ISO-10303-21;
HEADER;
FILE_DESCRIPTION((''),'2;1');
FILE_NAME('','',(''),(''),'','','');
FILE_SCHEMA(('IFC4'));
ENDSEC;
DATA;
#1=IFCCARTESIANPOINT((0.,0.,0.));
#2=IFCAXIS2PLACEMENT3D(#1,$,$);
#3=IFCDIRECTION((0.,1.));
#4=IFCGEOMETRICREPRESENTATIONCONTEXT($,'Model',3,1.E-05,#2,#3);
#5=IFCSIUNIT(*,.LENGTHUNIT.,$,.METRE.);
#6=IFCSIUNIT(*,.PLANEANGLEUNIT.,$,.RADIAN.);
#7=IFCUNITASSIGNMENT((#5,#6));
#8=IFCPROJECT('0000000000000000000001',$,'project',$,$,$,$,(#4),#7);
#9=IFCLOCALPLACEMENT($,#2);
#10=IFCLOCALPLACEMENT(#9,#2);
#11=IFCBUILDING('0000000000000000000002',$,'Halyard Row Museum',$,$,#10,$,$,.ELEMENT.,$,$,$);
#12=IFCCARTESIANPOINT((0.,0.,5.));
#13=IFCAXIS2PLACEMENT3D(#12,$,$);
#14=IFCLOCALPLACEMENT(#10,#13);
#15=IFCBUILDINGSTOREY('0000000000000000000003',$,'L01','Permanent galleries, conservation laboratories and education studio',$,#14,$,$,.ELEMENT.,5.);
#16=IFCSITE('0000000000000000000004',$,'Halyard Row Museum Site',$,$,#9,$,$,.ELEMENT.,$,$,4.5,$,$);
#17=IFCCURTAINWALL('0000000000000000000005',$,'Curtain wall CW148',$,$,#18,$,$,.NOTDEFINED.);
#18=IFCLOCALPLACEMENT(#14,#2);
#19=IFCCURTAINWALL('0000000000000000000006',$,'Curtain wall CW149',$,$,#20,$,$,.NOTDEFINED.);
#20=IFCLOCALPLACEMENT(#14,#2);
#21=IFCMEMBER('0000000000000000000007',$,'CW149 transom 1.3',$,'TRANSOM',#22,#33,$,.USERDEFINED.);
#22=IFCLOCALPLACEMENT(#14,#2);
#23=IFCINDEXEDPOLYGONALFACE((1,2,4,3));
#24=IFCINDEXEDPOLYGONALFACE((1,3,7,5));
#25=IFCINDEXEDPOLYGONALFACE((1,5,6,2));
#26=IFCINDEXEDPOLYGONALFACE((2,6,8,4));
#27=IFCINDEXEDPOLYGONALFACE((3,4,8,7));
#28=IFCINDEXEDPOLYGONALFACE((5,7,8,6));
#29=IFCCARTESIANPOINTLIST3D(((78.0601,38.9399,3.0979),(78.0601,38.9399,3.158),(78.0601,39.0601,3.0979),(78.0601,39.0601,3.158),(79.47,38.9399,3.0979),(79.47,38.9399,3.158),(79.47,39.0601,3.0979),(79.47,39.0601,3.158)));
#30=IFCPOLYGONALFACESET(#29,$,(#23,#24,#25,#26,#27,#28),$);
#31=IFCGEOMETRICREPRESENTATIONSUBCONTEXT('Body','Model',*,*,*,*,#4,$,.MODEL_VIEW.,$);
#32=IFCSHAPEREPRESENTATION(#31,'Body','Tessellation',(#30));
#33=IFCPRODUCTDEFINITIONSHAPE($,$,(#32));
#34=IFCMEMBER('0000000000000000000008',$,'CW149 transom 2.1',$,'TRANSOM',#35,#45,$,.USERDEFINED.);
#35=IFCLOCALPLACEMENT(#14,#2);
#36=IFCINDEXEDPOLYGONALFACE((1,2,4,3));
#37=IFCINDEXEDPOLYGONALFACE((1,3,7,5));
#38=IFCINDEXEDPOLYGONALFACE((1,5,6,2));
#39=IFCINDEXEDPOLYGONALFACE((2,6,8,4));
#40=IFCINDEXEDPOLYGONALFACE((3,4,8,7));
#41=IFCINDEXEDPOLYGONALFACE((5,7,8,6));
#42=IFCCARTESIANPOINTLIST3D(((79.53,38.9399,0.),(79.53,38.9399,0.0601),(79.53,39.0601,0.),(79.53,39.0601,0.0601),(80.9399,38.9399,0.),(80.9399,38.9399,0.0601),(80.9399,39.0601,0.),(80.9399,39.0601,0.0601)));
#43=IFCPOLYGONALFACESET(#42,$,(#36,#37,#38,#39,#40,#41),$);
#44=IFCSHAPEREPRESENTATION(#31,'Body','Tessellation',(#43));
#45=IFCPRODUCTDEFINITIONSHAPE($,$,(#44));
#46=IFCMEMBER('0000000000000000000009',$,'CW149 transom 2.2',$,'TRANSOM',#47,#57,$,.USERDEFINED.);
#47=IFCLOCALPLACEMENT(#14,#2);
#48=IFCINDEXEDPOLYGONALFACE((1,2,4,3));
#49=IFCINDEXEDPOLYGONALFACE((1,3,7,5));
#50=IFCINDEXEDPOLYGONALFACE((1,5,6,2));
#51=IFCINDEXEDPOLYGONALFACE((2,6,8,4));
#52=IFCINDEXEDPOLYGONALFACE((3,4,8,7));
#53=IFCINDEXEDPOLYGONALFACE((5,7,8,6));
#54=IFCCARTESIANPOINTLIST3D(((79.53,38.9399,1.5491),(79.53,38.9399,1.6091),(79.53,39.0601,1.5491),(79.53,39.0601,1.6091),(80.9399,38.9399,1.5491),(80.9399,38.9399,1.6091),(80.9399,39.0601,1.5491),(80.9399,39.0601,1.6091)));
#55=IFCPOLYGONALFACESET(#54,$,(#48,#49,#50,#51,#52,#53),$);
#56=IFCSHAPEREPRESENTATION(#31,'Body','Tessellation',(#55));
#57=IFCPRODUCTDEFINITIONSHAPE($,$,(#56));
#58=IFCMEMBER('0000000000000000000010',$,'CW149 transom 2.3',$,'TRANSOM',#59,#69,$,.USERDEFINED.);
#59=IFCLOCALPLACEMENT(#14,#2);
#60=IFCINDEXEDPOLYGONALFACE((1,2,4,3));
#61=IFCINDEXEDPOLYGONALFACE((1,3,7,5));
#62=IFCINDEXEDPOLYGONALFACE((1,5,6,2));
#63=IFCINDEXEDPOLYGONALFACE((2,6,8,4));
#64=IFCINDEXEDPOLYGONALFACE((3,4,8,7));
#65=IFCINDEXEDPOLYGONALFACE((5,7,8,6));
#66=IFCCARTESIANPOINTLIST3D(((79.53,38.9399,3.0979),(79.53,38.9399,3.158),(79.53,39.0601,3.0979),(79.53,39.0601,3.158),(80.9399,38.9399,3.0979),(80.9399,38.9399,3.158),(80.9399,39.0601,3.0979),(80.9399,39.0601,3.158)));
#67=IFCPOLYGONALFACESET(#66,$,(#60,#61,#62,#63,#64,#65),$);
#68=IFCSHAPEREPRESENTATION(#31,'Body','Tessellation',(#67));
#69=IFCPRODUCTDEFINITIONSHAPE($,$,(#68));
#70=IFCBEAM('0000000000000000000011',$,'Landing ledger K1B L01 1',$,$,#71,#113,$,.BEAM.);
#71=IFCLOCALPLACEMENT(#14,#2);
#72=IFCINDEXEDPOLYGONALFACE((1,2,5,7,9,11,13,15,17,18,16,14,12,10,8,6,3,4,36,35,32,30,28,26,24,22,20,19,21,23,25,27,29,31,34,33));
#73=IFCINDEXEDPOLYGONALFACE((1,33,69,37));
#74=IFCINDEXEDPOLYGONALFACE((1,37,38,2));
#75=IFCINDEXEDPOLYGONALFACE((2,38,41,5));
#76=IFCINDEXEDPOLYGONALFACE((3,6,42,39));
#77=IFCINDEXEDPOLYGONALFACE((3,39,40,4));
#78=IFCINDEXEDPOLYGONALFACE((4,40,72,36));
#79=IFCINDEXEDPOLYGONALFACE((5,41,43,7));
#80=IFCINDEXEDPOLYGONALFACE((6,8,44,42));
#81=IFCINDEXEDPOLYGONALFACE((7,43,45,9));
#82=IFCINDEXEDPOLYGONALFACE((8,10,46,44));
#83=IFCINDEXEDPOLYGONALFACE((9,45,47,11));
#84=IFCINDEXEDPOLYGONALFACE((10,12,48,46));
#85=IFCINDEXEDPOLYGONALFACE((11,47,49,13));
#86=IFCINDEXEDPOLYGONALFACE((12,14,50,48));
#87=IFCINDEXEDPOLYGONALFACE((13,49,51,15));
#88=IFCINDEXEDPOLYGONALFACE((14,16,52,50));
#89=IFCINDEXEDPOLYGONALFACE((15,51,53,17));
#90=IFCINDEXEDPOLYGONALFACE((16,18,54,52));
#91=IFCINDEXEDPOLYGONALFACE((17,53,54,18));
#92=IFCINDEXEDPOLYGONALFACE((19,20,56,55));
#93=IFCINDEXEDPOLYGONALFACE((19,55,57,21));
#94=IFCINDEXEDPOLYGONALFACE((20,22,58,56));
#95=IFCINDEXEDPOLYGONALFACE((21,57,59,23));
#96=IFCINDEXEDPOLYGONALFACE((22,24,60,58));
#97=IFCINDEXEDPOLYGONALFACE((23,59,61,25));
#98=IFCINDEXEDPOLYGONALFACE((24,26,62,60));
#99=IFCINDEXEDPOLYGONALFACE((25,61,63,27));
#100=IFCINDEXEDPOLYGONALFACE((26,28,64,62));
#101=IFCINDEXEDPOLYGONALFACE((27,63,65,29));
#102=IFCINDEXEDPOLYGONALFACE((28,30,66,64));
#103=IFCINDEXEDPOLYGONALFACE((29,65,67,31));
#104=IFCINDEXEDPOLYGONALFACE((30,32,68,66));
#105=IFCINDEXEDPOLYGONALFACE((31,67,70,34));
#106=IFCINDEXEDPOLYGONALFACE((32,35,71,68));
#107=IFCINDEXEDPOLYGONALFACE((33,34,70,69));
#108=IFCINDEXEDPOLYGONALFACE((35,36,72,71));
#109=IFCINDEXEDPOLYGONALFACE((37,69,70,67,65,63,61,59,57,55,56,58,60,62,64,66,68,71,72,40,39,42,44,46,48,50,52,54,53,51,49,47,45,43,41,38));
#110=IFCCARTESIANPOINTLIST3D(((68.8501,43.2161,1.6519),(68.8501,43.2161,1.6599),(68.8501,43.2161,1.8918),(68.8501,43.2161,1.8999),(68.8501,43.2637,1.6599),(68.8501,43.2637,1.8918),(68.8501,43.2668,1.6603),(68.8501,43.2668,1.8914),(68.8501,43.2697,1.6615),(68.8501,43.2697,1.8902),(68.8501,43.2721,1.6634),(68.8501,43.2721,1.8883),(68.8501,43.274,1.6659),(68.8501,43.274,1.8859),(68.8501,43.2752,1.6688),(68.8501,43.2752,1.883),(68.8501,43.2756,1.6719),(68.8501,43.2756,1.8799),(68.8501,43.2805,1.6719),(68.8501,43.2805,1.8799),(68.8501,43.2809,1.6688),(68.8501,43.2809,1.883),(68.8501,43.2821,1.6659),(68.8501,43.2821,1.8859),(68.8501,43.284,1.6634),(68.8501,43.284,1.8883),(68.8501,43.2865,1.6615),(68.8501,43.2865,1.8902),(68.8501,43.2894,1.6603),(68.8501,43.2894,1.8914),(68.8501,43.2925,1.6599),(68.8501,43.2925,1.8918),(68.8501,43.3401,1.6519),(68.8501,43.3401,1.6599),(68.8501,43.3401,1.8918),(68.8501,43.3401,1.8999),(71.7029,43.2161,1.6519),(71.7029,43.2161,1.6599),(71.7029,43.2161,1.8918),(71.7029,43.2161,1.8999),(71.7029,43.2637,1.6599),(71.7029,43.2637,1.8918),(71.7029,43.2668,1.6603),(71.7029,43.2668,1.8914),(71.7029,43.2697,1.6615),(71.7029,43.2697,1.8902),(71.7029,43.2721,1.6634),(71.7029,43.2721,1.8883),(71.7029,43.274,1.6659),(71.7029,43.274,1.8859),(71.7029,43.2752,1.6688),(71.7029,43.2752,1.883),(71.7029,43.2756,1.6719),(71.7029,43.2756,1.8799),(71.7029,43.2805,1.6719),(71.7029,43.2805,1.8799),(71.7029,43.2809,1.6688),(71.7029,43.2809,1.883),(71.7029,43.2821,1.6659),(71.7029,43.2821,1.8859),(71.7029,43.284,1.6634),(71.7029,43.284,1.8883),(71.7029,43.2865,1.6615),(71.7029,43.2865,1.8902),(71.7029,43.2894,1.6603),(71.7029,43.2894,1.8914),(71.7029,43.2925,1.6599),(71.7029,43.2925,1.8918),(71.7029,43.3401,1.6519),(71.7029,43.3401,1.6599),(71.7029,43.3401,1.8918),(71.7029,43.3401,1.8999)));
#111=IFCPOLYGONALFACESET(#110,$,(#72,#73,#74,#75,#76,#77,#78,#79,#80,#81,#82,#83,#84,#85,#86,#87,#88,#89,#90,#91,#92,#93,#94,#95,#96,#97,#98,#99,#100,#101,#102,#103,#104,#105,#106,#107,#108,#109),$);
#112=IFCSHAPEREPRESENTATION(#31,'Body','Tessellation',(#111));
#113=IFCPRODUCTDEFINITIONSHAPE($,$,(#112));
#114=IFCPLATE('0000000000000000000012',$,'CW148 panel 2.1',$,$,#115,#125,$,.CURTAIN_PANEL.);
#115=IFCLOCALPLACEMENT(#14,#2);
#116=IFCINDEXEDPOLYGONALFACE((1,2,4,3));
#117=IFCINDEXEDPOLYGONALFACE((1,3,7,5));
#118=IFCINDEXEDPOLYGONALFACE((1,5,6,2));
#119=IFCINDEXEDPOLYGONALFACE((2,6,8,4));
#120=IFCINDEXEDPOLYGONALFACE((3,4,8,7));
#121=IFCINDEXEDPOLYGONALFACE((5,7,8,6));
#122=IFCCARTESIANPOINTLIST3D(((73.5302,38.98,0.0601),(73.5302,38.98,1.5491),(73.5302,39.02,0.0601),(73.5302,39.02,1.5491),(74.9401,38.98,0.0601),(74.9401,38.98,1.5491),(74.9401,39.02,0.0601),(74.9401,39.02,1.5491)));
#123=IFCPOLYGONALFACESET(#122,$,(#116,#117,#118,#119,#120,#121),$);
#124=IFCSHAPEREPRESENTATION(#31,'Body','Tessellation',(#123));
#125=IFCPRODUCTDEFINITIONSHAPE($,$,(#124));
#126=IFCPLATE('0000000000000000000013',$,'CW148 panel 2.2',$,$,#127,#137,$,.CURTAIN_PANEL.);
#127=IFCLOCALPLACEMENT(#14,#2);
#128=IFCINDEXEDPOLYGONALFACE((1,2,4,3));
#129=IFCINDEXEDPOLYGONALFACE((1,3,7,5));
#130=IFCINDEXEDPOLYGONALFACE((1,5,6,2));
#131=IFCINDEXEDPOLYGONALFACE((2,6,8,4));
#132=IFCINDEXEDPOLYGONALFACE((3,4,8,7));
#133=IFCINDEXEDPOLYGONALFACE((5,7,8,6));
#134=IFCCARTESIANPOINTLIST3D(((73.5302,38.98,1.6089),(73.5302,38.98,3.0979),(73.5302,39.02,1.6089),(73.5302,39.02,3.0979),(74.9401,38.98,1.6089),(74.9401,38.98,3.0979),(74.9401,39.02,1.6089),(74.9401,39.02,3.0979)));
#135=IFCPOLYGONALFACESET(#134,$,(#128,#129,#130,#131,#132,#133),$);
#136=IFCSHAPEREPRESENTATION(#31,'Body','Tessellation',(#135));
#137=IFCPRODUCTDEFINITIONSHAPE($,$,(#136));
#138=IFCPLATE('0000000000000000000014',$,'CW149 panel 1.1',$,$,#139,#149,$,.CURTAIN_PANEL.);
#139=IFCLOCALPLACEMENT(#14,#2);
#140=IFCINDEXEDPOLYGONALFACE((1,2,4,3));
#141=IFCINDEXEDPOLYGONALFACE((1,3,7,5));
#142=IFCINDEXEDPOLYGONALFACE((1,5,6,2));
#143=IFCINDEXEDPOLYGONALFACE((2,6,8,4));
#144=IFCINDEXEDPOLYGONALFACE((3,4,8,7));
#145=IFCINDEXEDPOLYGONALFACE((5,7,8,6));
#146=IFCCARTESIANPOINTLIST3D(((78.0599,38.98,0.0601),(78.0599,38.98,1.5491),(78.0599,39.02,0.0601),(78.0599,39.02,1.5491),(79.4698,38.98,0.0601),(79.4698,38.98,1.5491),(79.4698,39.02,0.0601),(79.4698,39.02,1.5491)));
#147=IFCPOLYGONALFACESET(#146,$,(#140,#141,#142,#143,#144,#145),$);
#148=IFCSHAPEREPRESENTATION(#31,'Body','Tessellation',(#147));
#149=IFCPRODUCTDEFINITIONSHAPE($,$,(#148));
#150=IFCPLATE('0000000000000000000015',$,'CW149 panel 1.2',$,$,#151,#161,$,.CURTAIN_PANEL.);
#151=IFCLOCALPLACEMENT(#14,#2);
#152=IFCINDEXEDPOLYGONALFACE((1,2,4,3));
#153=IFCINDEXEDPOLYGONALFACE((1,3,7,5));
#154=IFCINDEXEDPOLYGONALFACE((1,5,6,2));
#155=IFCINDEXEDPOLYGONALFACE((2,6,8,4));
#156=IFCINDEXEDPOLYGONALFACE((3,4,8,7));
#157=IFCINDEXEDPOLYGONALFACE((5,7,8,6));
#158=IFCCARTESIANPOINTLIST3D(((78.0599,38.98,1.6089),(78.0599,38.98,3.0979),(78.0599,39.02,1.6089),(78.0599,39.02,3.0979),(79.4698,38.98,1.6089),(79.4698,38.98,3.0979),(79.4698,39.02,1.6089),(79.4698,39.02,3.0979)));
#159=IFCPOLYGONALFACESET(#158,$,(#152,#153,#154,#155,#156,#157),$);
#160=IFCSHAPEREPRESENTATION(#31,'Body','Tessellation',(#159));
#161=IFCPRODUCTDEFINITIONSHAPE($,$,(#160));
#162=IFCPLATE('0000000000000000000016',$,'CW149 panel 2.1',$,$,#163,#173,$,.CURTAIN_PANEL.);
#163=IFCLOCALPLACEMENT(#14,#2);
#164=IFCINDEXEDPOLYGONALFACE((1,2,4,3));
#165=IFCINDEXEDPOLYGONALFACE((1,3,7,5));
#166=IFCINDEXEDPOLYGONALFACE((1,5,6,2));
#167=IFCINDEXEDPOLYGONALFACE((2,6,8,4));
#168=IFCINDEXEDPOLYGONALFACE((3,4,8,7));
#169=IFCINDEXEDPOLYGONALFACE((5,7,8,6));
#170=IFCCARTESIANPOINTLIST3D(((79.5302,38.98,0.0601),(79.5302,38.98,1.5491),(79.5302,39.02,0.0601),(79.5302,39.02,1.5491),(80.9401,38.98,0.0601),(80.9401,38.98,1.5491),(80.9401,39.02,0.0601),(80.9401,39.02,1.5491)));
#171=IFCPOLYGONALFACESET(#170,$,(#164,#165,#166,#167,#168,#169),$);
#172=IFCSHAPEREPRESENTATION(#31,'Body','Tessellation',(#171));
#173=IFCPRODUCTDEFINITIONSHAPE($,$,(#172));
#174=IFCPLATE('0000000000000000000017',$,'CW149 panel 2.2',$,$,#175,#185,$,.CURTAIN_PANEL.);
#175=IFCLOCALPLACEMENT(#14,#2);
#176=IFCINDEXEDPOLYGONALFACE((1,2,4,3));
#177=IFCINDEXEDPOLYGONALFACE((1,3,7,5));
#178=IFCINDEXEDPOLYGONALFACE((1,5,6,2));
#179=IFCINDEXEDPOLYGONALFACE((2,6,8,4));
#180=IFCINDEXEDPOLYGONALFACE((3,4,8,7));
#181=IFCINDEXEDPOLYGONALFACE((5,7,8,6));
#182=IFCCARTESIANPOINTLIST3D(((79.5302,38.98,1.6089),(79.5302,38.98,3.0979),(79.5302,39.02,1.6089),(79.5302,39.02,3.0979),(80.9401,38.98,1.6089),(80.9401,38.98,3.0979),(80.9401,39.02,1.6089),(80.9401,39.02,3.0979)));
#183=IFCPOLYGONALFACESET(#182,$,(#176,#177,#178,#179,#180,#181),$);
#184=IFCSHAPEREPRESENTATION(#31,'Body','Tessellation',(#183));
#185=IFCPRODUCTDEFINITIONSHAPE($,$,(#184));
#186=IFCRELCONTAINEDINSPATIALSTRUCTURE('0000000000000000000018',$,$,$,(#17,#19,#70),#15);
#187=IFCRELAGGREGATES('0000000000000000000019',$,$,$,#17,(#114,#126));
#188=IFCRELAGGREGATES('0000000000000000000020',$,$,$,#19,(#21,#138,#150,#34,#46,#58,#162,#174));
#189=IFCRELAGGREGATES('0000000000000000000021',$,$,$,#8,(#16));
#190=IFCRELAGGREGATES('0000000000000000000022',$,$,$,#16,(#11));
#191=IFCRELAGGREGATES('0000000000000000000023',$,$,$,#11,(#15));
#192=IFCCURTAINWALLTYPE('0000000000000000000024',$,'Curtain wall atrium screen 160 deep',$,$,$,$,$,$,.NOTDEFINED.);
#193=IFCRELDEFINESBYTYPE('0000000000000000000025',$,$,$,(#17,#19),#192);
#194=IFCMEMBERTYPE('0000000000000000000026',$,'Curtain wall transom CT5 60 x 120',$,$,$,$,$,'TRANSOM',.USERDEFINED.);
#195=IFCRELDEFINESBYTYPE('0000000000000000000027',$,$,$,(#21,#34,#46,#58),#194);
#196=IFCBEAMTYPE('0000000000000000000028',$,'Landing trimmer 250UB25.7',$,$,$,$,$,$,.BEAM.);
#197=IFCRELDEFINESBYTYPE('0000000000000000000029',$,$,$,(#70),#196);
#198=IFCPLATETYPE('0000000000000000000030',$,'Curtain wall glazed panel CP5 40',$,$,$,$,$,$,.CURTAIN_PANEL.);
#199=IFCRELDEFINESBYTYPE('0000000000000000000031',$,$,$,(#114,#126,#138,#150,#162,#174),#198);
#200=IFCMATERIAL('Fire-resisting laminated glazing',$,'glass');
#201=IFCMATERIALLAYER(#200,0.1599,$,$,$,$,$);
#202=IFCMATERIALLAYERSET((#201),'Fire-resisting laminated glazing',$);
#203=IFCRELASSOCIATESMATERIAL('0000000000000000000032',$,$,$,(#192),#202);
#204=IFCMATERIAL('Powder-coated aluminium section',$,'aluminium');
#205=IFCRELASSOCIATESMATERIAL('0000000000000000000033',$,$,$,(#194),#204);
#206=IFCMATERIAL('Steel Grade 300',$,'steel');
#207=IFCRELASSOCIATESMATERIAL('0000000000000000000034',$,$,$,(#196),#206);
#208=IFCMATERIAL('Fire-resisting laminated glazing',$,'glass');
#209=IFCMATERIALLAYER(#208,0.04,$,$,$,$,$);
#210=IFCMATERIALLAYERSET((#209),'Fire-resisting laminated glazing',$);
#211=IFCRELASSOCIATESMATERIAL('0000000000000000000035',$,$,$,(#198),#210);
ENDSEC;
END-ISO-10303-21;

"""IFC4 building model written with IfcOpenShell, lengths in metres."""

from ifc_helpers import new_model, si_unit, direction, frame, origin, origin_2d, place, context, subcontext, project, spatial, rectangle, i_section, extrude, material, layer, layer_set, material_profile, profile_set, type_object, element, aggregate, save


model = new_model("IFC4")

# Units and contexts
model_context = context("Model", 3, precision=1e-05, world=origin(), true_north=direction((0.0, 1.0)))
body_context = subcontext(model_context, "Body", "Model", "MODEL_VIEW")
ifc_project = project(units=[si_unit("LENGTHUNIT", "METRE"), si_unit("PLANEANGLEUNIT", "RADIAN")], contexts=[model_context])

# Site, building, storey
site_placement = place(None, origin())
site = spatial("IfcSite", under=ifc_project, at=site_placement, Name="Halyard Row Museum Site", CompositionType="ELEMENT", RefElevation=4.5)
building_placement = place(site_placement, origin())
building = spatial("IfcBuilding", under=site, at=building_placement, Name="Halyard Row Museum", CompositionType="ELEMENT")
storey_placement = place(building_placement, frame((0.0, 0.0, 5.0)))
storey = spatial("IfcBuildingStorey", under=building, at=storey_placement, Name="L01", Description="Permanent galleries, conservation laboratories and education studio", CompositionType="ELEMENT", Elevation=5.0)

# Curtain walls
ifc_material_1 = material(Name="Fire-resisting laminated glazing", Category="glass")
ifc_layer_1 = layer(ifc_material_1, 0.1599)
ifc_layer_set_1 = layer_set([ifc_layer_1], Name="Fire-resisting laminated glazing")
curtain_wall_type = type_object("IfcCurtainWallType", Name="Curtain wall atrium screen 160 deep", PredefinedType="NOTDEFINED", material=ifc_layer_set_1)
curtain_wall_1_placement = place(storey_placement, origin())
curtain_wall_1 = element("IfcCurtainWall", 1, at=curtain_wall_1_placement, inside=storey, type_object=curtain_wall_type, Name="Curtain wall CW148", PredefinedType="NOTDEFINED")
curtain_wall_2_placement = place(storey_placement, origin())
curtain_wall_2 = element("IfcCurtainWall", 2, at=curtain_wall_2_placement, inside=storey, type_object=curtain_wall_type, Name="Curtain wall CW149", PredefinedType="NOTDEFINED")

# Members
ifc_material_2 = material(Name="Powder-coated aluminium section", Category="aluminium")
ifc_material_profile_1 = material_profile(ifc_material_2, rectangle(XDim=0.1201, YDim=0.0601, at=origin_2d()), Name="120x60 transom")
ifc_profile_set_1 = profile_set([ifc_material_profile_1], Name="Powder-coated aluminium section")
member_type_1 = type_object("IfcMemberType", Name="Curtain wall transom CT5 60 x 120", ElementType="TRANSOM", PredefinedType="USERDEFINED", material=ifc_profile_set_1)
member_1_placement = place(storey_placement, frame((78.0601, 39.0, 3.1279), z_axis=(1.0, 0.0, 0.0), x_axis=(0.0, 1.0, 0.0)))
member_1 = element("IfcMember", 3, at=member_1_placement, type_object=member_type_1, Name="CW149 transom 1.3", ObjectType="TRANSOM", PredefinedType="USERDEFINED", context=body_context, shape_type="SweptSolid", body=[
    extrude(rectangle(XDim=0.1201, YDim=0.0601, at=origin_2d()), origin(), (0.0, 0.0, 1.0), 1.4099),
])
member_2_placement = place(storey_placement, frame((79.53, 39.0, 0.03), z_axis=(1.0, 0.0, 0.0), x_axis=(0.0, 1.0, 0.0)))
member_2 = element("IfcMember", 4, at=member_2_placement, type_object=member_type_1, Name="CW149 transom 2.1", ObjectType="TRANSOM", PredefinedType="USERDEFINED", context=body_context, shape_type="SweptSolid", body=[
    extrude(rectangle(XDim=0.1201, YDim=0.0601, at=origin_2d()), origin(), (0.0, 0.0, 1.0), 1.4099),
])
member_3_placement = place(storey_placement, frame((79.53, 39.0, 1.5791), z_axis=(1.0, 0.0, 0.0), x_axis=(0.0, 1.0, 0.0)))
member_3 = element("IfcMember", 5, at=member_3_placement, type_object=member_type_1, Name="CW149 transom 2.2", ObjectType="TRANSOM", PredefinedType="USERDEFINED", context=body_context, shape_type="SweptSolid", body=[
    extrude(rectangle(XDim=0.1201, YDim=0.0601, at=origin_2d()), origin(), (0.0, 0.0, 1.0), 1.4099),
])
member_4_placement = place(storey_placement, frame((79.53, 39.0, 3.1279), z_axis=(1.0, 0.0, 0.0), x_axis=(0.0, 1.0, 0.0)))
member_4 = element("IfcMember", 6, at=member_4_placement, type_object=member_type_1, Name="CW149 transom 2.3", ObjectType="TRANSOM", PredefinedType="USERDEFINED", context=body_context, shape_type="SweptSolid", body=[
    extrude(rectangle(XDim=0.1201, YDim=0.0601, at=origin_2d()), origin(), (0.0, 0.0, 1.0), 1.4099),
])

# Beam
ifc_material_3 = material(Name="Steel Grade 300", Category="steel")
ifc_material_profile_2 = material_profile(ifc_material_3, i_section(OverallWidth=0.124, OverallDepth=0.248, WebThickness=0.0049, FlangeThickness=0.0081, FilletRadius=0.012, at=origin_2d()), Name="250UB25.7")
ifc_profile_set_2 = profile_set([ifc_material_profile_2], Name="Steel Grade 300")
beam_type = type_object("IfcBeamType", Name="Landing trimmer 250UB25.7", PredefinedType="BEAM", material=ifc_profile_set_2)
beam_placement = place(storey_placement, frame((71.7029, 43.2781, 1.7759), z_axis=(-1.0, 0.0, 0.0), x_axis=(0.0, -1.0, 0.0)))
element("IfcBeam", 7, at=beam_placement, inside=storey, type_object=beam_type, Name="Landing ledger K1B L01 1", PredefinedType="BEAM", context=body_context, shape_type="SweptSolid", body=[
    extrude(i_section(OverallWidth=0.124, OverallDepth=0.248, WebThickness=0.0049, FlangeThickness=0.0081, FilletRadius=0.012, at=origin_2d()), origin(), (0.0, 0.0, 1.0), 2.8528),
])

# Plates
ifc_material_4 = material(Name="Fire-resisting laminated glazing", Category="glass")
ifc_layer_2 = layer(ifc_material_4, 0.04)
ifc_layer_set_2 = layer_set([ifc_layer_2], Name="Fire-resisting laminated glazing")
plate_type = type_object("IfcPlateType", Name="Curtain wall glazed panel CP5 40", PredefinedType="CURTAIN_PANEL", material=ifc_layer_set_2)
plate_1_placement = place(storey_placement, frame((74.2351, 39.0, 0.0601), z_axis=(0.0, 0.0, 1.0), x_axis=(1.0, 0.0, 0.0)))
plate_1 = element("IfcPlate", 8, at=plate_1_placement, type_object=plate_type, Name="CW148 panel 2.1", PredefinedType="CURTAIN_PANEL", context=body_context, shape_type="SweptSolid", body=[
    extrude(rectangle(XDim=1.4099, YDim=0.04, at=origin_2d()), origin(), (0.0, 0.0, 1.0), 1.489),
])
plate_2_placement = place(storey_placement, frame((74.2351, 39.0, 1.6089), z_axis=(0.0, 0.0, 1.0), x_axis=(1.0, 0.0, 0.0)))
plate_2 = element("IfcPlate", 9, at=plate_2_placement, type_object=plate_type, Name="CW148 panel 2.2", PredefinedType="CURTAIN_PANEL", context=body_context, shape_type="SweptSolid", body=[
    extrude(rectangle(XDim=1.4099, YDim=0.04, at=origin_2d()), origin(), (0.0, 0.0, 1.0), 1.489),
])
aggregate(curtain_wall_1, [plate_1, plate_2])
plate_3_placement = place(storey_placement, frame((78.7649, 39.0, 0.0601), z_axis=(0.0, 0.0, 1.0), x_axis=(1.0, 0.0, 0.0)))
plate_3 = element("IfcPlate", 10, at=plate_3_placement, type_object=plate_type, Name="CW149 panel 1.1", PredefinedType="CURTAIN_PANEL", context=body_context, shape_type="SweptSolid", body=[
    extrude(rectangle(XDim=1.4099, YDim=0.04, at=origin_2d()), origin(), (0.0, 0.0, 1.0), 1.489),
])
plate_4_placement = place(storey_placement, frame((78.7649, 39.0, 1.6089), z_axis=(0.0, 0.0, 1.0), x_axis=(1.0, 0.0, 0.0)))
plate_4 = element("IfcPlate", 11, at=plate_4_placement, type_object=plate_type, Name="CW149 panel 1.2", PredefinedType="CURTAIN_PANEL", context=body_context, shape_type="SweptSolid", body=[
    extrude(rectangle(XDim=1.4099, YDim=0.04, at=origin_2d()), origin(), (0.0, 0.0, 1.0), 1.489),
])
plate_5_placement = place(storey_placement, frame((80.2351, 39.0, 0.0601), z_axis=(0.0, 0.0, 1.0), x_axis=(1.0, 0.0, 0.0)))
plate_5 = element("IfcPlate", 12, at=plate_5_placement, type_object=plate_type, Name="CW149 panel 2.1", PredefinedType="CURTAIN_PANEL", context=body_context, shape_type="SweptSolid", body=[
    extrude(rectangle(XDim=1.4099, YDim=0.04, at=origin_2d()), origin(), (0.0, 0.0, 1.0), 1.489),
])
plate_6_placement = place(storey_placement, frame((80.2351, 39.0, 1.6089), z_axis=(0.0, 0.0, 1.0), x_axis=(1.0, 0.0, 0.0)))
plate_6 = element("IfcPlate", 13, at=plate_6_placement, type_object=plate_type, Name="CW149 panel 2.2", PredefinedType="CURTAIN_PANEL", context=body_context, shape_type="SweptSolid", body=[
    extrude(rectangle(XDim=1.4099, YDim=0.04, at=origin_2d()), origin(), (0.0, 0.0, 1.0), 1.489),
])
aggregate(curtain_wall_2, [member_1, plate_3, plate_4, member_2, member_3, member_4, plate_5, plate_6])

save(model, "model.ifc")
